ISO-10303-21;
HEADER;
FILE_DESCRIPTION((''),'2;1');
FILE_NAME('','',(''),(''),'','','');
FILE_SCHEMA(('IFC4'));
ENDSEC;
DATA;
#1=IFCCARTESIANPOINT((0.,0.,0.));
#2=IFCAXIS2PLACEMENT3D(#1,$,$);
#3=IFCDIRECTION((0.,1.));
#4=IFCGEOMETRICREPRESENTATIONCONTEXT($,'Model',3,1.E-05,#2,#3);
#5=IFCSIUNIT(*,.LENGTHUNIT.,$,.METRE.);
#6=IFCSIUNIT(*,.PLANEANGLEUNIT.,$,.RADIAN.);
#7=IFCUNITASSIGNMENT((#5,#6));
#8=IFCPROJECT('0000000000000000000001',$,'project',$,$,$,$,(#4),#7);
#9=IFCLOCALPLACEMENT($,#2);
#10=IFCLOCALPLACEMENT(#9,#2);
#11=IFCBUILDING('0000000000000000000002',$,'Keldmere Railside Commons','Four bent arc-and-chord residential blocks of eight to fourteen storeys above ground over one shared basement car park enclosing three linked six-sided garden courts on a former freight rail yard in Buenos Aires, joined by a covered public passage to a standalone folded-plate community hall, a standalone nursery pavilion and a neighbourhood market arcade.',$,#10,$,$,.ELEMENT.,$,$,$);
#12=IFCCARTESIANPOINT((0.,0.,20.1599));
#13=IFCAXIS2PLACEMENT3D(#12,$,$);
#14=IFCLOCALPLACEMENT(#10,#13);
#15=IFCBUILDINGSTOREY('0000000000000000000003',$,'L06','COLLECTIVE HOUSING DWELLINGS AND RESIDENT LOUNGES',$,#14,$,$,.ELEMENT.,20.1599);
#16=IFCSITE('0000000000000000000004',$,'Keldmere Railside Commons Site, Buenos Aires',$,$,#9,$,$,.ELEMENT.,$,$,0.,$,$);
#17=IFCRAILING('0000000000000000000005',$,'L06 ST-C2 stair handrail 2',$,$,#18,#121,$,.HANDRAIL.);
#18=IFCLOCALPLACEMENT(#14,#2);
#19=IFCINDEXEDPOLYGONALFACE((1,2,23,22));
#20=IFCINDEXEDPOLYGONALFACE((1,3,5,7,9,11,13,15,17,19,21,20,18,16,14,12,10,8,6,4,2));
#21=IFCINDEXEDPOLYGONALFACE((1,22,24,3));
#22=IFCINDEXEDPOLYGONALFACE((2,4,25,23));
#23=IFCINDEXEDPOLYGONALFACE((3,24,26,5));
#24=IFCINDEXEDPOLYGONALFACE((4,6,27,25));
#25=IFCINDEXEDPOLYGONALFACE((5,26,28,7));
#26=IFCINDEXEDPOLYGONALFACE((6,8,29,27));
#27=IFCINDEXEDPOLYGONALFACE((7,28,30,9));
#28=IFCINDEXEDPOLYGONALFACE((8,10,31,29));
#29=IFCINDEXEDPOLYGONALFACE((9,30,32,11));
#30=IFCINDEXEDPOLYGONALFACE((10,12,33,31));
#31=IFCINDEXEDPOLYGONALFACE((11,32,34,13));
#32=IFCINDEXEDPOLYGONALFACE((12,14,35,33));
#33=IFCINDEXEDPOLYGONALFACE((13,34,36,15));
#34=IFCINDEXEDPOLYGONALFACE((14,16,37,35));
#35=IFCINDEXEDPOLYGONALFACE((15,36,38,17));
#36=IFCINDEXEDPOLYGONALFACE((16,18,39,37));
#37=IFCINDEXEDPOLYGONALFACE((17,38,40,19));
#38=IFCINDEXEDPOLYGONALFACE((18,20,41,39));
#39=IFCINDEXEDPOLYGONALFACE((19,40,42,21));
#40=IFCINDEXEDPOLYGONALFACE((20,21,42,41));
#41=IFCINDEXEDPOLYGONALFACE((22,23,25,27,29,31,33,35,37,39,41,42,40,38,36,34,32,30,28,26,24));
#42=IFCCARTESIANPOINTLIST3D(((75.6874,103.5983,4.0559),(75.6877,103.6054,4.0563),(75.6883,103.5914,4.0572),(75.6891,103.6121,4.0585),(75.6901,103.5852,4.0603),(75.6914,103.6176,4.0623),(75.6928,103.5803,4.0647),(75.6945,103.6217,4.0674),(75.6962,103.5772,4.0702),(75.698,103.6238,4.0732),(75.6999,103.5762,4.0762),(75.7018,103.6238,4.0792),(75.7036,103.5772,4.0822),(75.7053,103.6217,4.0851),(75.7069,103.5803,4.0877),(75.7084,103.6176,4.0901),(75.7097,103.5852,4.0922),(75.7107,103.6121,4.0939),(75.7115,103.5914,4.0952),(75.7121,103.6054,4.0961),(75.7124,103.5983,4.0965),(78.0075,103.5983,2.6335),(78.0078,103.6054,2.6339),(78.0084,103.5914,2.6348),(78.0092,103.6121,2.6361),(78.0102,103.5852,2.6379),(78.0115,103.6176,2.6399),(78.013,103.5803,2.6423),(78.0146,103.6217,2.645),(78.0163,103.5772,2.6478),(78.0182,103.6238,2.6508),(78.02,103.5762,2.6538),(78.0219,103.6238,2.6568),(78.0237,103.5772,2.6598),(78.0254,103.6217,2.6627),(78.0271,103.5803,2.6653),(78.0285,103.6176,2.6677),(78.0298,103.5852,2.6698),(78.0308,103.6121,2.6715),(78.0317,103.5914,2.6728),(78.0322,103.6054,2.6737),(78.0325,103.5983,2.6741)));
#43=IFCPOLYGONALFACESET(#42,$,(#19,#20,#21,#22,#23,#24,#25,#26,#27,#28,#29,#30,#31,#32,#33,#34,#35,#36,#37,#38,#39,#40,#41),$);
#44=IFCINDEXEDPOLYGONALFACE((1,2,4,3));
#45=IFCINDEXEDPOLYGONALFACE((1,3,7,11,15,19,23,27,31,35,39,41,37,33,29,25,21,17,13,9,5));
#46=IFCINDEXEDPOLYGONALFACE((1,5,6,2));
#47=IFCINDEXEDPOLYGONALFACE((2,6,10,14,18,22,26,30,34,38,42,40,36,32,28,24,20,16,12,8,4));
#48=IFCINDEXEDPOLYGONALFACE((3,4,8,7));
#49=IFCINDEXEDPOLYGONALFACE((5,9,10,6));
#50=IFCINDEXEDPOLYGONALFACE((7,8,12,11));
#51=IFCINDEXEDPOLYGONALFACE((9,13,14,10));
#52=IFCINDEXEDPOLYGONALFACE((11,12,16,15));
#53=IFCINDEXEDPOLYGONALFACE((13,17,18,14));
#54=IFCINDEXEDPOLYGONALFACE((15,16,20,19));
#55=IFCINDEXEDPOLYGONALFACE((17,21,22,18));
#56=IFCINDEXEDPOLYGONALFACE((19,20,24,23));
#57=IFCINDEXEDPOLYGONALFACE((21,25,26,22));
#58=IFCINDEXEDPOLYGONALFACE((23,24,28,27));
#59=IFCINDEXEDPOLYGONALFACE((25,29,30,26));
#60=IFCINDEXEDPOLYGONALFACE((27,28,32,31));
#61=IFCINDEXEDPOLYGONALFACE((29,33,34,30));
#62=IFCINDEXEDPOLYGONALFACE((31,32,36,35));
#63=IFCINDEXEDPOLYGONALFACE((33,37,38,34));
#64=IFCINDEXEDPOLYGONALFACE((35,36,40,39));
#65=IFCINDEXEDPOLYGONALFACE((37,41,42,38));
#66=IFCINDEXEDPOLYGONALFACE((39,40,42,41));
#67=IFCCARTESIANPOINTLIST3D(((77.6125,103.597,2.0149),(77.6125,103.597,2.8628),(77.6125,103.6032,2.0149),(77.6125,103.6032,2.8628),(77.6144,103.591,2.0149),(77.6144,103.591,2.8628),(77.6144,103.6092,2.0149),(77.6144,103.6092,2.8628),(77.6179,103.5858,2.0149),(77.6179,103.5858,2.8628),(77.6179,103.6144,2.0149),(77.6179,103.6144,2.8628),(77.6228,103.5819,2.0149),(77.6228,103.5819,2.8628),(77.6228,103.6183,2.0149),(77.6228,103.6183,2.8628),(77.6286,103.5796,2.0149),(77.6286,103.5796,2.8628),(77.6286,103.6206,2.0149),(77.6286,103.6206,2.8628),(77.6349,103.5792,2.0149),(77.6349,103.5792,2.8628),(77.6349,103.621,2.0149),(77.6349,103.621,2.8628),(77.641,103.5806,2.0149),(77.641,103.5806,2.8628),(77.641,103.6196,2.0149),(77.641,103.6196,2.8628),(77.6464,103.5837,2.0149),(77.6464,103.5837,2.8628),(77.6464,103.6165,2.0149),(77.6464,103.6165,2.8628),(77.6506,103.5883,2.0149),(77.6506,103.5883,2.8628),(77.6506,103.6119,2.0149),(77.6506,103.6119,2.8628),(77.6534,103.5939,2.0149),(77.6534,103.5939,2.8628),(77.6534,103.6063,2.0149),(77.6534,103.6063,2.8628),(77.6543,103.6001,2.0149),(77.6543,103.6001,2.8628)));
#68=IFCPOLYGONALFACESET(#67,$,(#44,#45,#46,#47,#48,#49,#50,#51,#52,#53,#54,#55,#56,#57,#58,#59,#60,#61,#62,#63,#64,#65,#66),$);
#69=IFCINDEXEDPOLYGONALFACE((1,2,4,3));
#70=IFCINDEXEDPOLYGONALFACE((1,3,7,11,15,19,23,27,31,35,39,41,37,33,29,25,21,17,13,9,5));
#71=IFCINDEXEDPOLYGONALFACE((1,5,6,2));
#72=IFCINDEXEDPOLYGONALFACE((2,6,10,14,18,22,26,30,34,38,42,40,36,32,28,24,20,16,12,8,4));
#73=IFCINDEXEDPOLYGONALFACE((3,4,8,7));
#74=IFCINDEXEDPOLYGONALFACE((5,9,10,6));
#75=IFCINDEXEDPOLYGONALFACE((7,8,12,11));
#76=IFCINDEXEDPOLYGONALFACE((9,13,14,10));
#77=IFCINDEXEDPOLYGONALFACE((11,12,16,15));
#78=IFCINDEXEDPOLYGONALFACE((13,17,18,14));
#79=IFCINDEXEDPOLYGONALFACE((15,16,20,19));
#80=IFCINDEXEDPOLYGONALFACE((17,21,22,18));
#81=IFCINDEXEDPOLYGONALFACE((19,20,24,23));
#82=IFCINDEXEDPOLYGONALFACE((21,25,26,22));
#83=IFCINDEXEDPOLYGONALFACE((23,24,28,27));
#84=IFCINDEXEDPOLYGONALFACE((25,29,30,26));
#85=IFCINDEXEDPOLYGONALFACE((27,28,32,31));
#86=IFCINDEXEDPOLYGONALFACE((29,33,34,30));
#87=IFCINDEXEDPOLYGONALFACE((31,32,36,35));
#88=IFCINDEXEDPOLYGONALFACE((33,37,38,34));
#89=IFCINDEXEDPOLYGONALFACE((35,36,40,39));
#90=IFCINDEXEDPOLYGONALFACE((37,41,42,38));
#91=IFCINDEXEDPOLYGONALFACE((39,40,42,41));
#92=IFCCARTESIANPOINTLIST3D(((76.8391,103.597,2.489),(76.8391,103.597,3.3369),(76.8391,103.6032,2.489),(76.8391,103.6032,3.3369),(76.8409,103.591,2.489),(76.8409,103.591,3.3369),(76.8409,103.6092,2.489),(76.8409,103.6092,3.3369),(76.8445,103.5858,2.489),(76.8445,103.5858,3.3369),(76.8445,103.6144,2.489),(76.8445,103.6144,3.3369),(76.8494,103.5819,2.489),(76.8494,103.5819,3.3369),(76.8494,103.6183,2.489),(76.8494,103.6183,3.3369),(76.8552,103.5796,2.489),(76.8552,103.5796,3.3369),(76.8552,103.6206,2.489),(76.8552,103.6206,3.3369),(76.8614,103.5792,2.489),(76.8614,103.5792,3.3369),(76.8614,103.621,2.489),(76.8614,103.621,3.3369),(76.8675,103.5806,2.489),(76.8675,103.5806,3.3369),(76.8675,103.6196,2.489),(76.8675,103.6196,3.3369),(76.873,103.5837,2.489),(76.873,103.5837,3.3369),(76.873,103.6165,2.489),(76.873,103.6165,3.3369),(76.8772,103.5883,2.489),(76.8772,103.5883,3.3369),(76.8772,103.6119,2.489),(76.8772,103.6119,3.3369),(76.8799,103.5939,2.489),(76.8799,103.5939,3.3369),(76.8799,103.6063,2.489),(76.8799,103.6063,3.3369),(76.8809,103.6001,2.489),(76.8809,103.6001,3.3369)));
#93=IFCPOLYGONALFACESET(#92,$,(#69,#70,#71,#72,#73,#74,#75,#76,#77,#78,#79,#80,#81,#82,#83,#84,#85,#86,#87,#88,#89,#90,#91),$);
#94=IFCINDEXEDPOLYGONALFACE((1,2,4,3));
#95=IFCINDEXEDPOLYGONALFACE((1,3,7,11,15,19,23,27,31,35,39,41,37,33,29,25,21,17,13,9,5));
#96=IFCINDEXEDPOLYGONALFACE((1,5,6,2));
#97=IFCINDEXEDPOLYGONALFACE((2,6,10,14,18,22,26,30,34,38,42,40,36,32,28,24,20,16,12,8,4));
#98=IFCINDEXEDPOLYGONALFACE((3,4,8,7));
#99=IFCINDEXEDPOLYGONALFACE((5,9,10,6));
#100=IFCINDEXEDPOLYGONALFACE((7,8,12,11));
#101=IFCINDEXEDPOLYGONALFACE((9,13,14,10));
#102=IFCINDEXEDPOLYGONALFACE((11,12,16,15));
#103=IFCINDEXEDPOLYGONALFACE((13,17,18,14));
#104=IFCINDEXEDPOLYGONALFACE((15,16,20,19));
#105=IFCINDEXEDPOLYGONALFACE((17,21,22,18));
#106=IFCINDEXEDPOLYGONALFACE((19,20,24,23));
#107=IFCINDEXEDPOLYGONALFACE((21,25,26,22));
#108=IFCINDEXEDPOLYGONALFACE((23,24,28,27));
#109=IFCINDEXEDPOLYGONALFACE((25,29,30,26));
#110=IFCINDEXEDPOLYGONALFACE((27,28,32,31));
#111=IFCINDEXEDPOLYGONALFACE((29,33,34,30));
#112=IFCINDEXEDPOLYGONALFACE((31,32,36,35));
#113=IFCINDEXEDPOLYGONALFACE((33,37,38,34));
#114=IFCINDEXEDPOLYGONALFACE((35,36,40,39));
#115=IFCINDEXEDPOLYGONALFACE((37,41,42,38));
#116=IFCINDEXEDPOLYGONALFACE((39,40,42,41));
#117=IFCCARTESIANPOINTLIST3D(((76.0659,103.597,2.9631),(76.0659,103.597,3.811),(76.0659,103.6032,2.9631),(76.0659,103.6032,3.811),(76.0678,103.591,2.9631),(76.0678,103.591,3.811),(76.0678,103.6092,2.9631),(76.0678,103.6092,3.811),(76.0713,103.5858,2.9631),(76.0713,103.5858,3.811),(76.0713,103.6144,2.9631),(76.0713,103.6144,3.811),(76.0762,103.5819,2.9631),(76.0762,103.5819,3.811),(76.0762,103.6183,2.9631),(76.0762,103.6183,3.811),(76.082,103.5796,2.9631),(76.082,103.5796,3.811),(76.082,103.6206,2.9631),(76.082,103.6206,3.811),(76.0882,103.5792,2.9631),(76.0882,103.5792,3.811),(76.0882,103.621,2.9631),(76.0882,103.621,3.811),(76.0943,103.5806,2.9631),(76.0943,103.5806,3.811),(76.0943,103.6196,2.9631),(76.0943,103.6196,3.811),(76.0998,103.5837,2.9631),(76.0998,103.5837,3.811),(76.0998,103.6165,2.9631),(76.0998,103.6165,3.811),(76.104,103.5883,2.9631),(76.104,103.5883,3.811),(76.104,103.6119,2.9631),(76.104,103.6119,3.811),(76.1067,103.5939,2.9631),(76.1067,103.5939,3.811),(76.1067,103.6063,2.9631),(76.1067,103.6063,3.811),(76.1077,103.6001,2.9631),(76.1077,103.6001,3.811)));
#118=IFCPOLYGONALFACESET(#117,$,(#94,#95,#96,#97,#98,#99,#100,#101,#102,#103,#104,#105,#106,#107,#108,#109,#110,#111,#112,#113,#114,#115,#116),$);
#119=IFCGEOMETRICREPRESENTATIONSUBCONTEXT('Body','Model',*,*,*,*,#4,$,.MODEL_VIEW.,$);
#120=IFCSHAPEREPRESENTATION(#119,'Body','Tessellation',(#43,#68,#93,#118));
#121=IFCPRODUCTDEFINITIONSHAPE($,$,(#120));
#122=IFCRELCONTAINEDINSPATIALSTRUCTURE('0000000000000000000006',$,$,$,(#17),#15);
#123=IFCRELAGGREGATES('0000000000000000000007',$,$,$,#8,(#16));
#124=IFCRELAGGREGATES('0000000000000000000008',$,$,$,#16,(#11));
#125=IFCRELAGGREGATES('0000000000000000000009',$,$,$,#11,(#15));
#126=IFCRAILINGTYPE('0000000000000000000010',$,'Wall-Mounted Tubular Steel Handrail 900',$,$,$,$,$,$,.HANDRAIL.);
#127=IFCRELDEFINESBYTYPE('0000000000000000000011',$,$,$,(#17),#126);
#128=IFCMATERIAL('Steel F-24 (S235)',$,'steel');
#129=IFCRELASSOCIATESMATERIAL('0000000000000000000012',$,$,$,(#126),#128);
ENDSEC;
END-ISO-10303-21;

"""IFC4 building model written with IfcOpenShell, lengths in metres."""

from ifc_helpers import new_model, si_unit, direction, frame, origin, origin_2d, place, context, subcontext, project, spatial, circle, extrude, material, type_object, element, save


model = new_model("IFC4")

# Units and contexts
model_context = context("Model", 3, precision=1e-05, world=origin(), true_north=direction((0.0, 1.0)))
body_context = subcontext(model_context, "Body", "Model", "MODEL_VIEW")
ifc_project = project(units=[si_unit("LENGTHUNIT", "METRE"), si_unit("PLANEANGLEUNIT", "RADIAN")], contexts=[model_context])

# Site, building, storey
site_placement = place(None, origin())
site = spatial("IfcSite", under=ifc_project, at=site_placement, Name="Keldmere Railside Commons Site, Buenos Aires", CompositionType="ELEMENT", RefElevation=0.0)
building_placement = place(site_placement, origin())
building = spatial("IfcBuilding", under=site, at=building_placement, Name="Keldmere Railside Commons", Description="Four bent arc-and-chord residential blocks of eight to fourteen storeys above ground over one shared basement car park enclosing three linked six-sided garden courts on a former freight rail yard in Buenos Aires, joined by a covered public passage to a standalone folded-plate community hall, a standalone nursery pavilion and a neighbourhood market arcade.", CompositionType="ELEMENT")
storey_placement = place(building_placement, frame((0.0, 0.0, 20.1599)))
storey = spatial("IfcBuildingStorey", under=building, at=storey_placement, Name="L06", Description="COLLECTIVE HOUSING DWELLINGS AND RESIDENT LOUNGES", CompositionType="ELEMENT", Elevation=20.1599)

# Shared definitions
ifc_material_1 = material(Name="Steel F-24 (S235)", Category="steel")

# Railing
railing_type_1 = type_object("IfcRailingType", Name="Wall-Mounted Tubular Steel Handrail 900", PredefinedType="HANDRAIL", material=ifc_material_1)
railing_1_placement = place(storey_placement, frame((78.02, 103.6001, 1.7778)))
element("IfcRailing", 1, at=railing_1_placement, inside=storey, type_object=railing_type_1, Name="L06 ST-C2 stair handrail 2", PredefinedType="HANDRAIL", context=body_context, shape_type="SweptSolid", body=[
    extrude(circle(Radius=0.0239, at=origin_2d()), frame((0.0, 0.0, 0.876), z_axis=(-0.852538, 0.0, 0.522665), x_axis=(0.0, -1.0, 0.0)), (0.0, 0.0, 1.0), 2.7214),
    extrude(circle(Radius=0.021, at=origin_2d()), frame((-0.3867, 0.0, 0.2371)), (0.0, 0.0, 1.0), 0.8479),
    extrude(circle(Radius=0.021, at=origin_2d()), frame((-1.1602, 0.0, 0.7112)), (0.0, 0.0, 1.0), 0.8479),
    extrude(circle(Radius=0.021, at=origin_2d()), frame((-1.9333, 0.0, 1.1853)), (0.0, 0.0, 1.0), 0.8479),
])

save(model, "model.ifc")
